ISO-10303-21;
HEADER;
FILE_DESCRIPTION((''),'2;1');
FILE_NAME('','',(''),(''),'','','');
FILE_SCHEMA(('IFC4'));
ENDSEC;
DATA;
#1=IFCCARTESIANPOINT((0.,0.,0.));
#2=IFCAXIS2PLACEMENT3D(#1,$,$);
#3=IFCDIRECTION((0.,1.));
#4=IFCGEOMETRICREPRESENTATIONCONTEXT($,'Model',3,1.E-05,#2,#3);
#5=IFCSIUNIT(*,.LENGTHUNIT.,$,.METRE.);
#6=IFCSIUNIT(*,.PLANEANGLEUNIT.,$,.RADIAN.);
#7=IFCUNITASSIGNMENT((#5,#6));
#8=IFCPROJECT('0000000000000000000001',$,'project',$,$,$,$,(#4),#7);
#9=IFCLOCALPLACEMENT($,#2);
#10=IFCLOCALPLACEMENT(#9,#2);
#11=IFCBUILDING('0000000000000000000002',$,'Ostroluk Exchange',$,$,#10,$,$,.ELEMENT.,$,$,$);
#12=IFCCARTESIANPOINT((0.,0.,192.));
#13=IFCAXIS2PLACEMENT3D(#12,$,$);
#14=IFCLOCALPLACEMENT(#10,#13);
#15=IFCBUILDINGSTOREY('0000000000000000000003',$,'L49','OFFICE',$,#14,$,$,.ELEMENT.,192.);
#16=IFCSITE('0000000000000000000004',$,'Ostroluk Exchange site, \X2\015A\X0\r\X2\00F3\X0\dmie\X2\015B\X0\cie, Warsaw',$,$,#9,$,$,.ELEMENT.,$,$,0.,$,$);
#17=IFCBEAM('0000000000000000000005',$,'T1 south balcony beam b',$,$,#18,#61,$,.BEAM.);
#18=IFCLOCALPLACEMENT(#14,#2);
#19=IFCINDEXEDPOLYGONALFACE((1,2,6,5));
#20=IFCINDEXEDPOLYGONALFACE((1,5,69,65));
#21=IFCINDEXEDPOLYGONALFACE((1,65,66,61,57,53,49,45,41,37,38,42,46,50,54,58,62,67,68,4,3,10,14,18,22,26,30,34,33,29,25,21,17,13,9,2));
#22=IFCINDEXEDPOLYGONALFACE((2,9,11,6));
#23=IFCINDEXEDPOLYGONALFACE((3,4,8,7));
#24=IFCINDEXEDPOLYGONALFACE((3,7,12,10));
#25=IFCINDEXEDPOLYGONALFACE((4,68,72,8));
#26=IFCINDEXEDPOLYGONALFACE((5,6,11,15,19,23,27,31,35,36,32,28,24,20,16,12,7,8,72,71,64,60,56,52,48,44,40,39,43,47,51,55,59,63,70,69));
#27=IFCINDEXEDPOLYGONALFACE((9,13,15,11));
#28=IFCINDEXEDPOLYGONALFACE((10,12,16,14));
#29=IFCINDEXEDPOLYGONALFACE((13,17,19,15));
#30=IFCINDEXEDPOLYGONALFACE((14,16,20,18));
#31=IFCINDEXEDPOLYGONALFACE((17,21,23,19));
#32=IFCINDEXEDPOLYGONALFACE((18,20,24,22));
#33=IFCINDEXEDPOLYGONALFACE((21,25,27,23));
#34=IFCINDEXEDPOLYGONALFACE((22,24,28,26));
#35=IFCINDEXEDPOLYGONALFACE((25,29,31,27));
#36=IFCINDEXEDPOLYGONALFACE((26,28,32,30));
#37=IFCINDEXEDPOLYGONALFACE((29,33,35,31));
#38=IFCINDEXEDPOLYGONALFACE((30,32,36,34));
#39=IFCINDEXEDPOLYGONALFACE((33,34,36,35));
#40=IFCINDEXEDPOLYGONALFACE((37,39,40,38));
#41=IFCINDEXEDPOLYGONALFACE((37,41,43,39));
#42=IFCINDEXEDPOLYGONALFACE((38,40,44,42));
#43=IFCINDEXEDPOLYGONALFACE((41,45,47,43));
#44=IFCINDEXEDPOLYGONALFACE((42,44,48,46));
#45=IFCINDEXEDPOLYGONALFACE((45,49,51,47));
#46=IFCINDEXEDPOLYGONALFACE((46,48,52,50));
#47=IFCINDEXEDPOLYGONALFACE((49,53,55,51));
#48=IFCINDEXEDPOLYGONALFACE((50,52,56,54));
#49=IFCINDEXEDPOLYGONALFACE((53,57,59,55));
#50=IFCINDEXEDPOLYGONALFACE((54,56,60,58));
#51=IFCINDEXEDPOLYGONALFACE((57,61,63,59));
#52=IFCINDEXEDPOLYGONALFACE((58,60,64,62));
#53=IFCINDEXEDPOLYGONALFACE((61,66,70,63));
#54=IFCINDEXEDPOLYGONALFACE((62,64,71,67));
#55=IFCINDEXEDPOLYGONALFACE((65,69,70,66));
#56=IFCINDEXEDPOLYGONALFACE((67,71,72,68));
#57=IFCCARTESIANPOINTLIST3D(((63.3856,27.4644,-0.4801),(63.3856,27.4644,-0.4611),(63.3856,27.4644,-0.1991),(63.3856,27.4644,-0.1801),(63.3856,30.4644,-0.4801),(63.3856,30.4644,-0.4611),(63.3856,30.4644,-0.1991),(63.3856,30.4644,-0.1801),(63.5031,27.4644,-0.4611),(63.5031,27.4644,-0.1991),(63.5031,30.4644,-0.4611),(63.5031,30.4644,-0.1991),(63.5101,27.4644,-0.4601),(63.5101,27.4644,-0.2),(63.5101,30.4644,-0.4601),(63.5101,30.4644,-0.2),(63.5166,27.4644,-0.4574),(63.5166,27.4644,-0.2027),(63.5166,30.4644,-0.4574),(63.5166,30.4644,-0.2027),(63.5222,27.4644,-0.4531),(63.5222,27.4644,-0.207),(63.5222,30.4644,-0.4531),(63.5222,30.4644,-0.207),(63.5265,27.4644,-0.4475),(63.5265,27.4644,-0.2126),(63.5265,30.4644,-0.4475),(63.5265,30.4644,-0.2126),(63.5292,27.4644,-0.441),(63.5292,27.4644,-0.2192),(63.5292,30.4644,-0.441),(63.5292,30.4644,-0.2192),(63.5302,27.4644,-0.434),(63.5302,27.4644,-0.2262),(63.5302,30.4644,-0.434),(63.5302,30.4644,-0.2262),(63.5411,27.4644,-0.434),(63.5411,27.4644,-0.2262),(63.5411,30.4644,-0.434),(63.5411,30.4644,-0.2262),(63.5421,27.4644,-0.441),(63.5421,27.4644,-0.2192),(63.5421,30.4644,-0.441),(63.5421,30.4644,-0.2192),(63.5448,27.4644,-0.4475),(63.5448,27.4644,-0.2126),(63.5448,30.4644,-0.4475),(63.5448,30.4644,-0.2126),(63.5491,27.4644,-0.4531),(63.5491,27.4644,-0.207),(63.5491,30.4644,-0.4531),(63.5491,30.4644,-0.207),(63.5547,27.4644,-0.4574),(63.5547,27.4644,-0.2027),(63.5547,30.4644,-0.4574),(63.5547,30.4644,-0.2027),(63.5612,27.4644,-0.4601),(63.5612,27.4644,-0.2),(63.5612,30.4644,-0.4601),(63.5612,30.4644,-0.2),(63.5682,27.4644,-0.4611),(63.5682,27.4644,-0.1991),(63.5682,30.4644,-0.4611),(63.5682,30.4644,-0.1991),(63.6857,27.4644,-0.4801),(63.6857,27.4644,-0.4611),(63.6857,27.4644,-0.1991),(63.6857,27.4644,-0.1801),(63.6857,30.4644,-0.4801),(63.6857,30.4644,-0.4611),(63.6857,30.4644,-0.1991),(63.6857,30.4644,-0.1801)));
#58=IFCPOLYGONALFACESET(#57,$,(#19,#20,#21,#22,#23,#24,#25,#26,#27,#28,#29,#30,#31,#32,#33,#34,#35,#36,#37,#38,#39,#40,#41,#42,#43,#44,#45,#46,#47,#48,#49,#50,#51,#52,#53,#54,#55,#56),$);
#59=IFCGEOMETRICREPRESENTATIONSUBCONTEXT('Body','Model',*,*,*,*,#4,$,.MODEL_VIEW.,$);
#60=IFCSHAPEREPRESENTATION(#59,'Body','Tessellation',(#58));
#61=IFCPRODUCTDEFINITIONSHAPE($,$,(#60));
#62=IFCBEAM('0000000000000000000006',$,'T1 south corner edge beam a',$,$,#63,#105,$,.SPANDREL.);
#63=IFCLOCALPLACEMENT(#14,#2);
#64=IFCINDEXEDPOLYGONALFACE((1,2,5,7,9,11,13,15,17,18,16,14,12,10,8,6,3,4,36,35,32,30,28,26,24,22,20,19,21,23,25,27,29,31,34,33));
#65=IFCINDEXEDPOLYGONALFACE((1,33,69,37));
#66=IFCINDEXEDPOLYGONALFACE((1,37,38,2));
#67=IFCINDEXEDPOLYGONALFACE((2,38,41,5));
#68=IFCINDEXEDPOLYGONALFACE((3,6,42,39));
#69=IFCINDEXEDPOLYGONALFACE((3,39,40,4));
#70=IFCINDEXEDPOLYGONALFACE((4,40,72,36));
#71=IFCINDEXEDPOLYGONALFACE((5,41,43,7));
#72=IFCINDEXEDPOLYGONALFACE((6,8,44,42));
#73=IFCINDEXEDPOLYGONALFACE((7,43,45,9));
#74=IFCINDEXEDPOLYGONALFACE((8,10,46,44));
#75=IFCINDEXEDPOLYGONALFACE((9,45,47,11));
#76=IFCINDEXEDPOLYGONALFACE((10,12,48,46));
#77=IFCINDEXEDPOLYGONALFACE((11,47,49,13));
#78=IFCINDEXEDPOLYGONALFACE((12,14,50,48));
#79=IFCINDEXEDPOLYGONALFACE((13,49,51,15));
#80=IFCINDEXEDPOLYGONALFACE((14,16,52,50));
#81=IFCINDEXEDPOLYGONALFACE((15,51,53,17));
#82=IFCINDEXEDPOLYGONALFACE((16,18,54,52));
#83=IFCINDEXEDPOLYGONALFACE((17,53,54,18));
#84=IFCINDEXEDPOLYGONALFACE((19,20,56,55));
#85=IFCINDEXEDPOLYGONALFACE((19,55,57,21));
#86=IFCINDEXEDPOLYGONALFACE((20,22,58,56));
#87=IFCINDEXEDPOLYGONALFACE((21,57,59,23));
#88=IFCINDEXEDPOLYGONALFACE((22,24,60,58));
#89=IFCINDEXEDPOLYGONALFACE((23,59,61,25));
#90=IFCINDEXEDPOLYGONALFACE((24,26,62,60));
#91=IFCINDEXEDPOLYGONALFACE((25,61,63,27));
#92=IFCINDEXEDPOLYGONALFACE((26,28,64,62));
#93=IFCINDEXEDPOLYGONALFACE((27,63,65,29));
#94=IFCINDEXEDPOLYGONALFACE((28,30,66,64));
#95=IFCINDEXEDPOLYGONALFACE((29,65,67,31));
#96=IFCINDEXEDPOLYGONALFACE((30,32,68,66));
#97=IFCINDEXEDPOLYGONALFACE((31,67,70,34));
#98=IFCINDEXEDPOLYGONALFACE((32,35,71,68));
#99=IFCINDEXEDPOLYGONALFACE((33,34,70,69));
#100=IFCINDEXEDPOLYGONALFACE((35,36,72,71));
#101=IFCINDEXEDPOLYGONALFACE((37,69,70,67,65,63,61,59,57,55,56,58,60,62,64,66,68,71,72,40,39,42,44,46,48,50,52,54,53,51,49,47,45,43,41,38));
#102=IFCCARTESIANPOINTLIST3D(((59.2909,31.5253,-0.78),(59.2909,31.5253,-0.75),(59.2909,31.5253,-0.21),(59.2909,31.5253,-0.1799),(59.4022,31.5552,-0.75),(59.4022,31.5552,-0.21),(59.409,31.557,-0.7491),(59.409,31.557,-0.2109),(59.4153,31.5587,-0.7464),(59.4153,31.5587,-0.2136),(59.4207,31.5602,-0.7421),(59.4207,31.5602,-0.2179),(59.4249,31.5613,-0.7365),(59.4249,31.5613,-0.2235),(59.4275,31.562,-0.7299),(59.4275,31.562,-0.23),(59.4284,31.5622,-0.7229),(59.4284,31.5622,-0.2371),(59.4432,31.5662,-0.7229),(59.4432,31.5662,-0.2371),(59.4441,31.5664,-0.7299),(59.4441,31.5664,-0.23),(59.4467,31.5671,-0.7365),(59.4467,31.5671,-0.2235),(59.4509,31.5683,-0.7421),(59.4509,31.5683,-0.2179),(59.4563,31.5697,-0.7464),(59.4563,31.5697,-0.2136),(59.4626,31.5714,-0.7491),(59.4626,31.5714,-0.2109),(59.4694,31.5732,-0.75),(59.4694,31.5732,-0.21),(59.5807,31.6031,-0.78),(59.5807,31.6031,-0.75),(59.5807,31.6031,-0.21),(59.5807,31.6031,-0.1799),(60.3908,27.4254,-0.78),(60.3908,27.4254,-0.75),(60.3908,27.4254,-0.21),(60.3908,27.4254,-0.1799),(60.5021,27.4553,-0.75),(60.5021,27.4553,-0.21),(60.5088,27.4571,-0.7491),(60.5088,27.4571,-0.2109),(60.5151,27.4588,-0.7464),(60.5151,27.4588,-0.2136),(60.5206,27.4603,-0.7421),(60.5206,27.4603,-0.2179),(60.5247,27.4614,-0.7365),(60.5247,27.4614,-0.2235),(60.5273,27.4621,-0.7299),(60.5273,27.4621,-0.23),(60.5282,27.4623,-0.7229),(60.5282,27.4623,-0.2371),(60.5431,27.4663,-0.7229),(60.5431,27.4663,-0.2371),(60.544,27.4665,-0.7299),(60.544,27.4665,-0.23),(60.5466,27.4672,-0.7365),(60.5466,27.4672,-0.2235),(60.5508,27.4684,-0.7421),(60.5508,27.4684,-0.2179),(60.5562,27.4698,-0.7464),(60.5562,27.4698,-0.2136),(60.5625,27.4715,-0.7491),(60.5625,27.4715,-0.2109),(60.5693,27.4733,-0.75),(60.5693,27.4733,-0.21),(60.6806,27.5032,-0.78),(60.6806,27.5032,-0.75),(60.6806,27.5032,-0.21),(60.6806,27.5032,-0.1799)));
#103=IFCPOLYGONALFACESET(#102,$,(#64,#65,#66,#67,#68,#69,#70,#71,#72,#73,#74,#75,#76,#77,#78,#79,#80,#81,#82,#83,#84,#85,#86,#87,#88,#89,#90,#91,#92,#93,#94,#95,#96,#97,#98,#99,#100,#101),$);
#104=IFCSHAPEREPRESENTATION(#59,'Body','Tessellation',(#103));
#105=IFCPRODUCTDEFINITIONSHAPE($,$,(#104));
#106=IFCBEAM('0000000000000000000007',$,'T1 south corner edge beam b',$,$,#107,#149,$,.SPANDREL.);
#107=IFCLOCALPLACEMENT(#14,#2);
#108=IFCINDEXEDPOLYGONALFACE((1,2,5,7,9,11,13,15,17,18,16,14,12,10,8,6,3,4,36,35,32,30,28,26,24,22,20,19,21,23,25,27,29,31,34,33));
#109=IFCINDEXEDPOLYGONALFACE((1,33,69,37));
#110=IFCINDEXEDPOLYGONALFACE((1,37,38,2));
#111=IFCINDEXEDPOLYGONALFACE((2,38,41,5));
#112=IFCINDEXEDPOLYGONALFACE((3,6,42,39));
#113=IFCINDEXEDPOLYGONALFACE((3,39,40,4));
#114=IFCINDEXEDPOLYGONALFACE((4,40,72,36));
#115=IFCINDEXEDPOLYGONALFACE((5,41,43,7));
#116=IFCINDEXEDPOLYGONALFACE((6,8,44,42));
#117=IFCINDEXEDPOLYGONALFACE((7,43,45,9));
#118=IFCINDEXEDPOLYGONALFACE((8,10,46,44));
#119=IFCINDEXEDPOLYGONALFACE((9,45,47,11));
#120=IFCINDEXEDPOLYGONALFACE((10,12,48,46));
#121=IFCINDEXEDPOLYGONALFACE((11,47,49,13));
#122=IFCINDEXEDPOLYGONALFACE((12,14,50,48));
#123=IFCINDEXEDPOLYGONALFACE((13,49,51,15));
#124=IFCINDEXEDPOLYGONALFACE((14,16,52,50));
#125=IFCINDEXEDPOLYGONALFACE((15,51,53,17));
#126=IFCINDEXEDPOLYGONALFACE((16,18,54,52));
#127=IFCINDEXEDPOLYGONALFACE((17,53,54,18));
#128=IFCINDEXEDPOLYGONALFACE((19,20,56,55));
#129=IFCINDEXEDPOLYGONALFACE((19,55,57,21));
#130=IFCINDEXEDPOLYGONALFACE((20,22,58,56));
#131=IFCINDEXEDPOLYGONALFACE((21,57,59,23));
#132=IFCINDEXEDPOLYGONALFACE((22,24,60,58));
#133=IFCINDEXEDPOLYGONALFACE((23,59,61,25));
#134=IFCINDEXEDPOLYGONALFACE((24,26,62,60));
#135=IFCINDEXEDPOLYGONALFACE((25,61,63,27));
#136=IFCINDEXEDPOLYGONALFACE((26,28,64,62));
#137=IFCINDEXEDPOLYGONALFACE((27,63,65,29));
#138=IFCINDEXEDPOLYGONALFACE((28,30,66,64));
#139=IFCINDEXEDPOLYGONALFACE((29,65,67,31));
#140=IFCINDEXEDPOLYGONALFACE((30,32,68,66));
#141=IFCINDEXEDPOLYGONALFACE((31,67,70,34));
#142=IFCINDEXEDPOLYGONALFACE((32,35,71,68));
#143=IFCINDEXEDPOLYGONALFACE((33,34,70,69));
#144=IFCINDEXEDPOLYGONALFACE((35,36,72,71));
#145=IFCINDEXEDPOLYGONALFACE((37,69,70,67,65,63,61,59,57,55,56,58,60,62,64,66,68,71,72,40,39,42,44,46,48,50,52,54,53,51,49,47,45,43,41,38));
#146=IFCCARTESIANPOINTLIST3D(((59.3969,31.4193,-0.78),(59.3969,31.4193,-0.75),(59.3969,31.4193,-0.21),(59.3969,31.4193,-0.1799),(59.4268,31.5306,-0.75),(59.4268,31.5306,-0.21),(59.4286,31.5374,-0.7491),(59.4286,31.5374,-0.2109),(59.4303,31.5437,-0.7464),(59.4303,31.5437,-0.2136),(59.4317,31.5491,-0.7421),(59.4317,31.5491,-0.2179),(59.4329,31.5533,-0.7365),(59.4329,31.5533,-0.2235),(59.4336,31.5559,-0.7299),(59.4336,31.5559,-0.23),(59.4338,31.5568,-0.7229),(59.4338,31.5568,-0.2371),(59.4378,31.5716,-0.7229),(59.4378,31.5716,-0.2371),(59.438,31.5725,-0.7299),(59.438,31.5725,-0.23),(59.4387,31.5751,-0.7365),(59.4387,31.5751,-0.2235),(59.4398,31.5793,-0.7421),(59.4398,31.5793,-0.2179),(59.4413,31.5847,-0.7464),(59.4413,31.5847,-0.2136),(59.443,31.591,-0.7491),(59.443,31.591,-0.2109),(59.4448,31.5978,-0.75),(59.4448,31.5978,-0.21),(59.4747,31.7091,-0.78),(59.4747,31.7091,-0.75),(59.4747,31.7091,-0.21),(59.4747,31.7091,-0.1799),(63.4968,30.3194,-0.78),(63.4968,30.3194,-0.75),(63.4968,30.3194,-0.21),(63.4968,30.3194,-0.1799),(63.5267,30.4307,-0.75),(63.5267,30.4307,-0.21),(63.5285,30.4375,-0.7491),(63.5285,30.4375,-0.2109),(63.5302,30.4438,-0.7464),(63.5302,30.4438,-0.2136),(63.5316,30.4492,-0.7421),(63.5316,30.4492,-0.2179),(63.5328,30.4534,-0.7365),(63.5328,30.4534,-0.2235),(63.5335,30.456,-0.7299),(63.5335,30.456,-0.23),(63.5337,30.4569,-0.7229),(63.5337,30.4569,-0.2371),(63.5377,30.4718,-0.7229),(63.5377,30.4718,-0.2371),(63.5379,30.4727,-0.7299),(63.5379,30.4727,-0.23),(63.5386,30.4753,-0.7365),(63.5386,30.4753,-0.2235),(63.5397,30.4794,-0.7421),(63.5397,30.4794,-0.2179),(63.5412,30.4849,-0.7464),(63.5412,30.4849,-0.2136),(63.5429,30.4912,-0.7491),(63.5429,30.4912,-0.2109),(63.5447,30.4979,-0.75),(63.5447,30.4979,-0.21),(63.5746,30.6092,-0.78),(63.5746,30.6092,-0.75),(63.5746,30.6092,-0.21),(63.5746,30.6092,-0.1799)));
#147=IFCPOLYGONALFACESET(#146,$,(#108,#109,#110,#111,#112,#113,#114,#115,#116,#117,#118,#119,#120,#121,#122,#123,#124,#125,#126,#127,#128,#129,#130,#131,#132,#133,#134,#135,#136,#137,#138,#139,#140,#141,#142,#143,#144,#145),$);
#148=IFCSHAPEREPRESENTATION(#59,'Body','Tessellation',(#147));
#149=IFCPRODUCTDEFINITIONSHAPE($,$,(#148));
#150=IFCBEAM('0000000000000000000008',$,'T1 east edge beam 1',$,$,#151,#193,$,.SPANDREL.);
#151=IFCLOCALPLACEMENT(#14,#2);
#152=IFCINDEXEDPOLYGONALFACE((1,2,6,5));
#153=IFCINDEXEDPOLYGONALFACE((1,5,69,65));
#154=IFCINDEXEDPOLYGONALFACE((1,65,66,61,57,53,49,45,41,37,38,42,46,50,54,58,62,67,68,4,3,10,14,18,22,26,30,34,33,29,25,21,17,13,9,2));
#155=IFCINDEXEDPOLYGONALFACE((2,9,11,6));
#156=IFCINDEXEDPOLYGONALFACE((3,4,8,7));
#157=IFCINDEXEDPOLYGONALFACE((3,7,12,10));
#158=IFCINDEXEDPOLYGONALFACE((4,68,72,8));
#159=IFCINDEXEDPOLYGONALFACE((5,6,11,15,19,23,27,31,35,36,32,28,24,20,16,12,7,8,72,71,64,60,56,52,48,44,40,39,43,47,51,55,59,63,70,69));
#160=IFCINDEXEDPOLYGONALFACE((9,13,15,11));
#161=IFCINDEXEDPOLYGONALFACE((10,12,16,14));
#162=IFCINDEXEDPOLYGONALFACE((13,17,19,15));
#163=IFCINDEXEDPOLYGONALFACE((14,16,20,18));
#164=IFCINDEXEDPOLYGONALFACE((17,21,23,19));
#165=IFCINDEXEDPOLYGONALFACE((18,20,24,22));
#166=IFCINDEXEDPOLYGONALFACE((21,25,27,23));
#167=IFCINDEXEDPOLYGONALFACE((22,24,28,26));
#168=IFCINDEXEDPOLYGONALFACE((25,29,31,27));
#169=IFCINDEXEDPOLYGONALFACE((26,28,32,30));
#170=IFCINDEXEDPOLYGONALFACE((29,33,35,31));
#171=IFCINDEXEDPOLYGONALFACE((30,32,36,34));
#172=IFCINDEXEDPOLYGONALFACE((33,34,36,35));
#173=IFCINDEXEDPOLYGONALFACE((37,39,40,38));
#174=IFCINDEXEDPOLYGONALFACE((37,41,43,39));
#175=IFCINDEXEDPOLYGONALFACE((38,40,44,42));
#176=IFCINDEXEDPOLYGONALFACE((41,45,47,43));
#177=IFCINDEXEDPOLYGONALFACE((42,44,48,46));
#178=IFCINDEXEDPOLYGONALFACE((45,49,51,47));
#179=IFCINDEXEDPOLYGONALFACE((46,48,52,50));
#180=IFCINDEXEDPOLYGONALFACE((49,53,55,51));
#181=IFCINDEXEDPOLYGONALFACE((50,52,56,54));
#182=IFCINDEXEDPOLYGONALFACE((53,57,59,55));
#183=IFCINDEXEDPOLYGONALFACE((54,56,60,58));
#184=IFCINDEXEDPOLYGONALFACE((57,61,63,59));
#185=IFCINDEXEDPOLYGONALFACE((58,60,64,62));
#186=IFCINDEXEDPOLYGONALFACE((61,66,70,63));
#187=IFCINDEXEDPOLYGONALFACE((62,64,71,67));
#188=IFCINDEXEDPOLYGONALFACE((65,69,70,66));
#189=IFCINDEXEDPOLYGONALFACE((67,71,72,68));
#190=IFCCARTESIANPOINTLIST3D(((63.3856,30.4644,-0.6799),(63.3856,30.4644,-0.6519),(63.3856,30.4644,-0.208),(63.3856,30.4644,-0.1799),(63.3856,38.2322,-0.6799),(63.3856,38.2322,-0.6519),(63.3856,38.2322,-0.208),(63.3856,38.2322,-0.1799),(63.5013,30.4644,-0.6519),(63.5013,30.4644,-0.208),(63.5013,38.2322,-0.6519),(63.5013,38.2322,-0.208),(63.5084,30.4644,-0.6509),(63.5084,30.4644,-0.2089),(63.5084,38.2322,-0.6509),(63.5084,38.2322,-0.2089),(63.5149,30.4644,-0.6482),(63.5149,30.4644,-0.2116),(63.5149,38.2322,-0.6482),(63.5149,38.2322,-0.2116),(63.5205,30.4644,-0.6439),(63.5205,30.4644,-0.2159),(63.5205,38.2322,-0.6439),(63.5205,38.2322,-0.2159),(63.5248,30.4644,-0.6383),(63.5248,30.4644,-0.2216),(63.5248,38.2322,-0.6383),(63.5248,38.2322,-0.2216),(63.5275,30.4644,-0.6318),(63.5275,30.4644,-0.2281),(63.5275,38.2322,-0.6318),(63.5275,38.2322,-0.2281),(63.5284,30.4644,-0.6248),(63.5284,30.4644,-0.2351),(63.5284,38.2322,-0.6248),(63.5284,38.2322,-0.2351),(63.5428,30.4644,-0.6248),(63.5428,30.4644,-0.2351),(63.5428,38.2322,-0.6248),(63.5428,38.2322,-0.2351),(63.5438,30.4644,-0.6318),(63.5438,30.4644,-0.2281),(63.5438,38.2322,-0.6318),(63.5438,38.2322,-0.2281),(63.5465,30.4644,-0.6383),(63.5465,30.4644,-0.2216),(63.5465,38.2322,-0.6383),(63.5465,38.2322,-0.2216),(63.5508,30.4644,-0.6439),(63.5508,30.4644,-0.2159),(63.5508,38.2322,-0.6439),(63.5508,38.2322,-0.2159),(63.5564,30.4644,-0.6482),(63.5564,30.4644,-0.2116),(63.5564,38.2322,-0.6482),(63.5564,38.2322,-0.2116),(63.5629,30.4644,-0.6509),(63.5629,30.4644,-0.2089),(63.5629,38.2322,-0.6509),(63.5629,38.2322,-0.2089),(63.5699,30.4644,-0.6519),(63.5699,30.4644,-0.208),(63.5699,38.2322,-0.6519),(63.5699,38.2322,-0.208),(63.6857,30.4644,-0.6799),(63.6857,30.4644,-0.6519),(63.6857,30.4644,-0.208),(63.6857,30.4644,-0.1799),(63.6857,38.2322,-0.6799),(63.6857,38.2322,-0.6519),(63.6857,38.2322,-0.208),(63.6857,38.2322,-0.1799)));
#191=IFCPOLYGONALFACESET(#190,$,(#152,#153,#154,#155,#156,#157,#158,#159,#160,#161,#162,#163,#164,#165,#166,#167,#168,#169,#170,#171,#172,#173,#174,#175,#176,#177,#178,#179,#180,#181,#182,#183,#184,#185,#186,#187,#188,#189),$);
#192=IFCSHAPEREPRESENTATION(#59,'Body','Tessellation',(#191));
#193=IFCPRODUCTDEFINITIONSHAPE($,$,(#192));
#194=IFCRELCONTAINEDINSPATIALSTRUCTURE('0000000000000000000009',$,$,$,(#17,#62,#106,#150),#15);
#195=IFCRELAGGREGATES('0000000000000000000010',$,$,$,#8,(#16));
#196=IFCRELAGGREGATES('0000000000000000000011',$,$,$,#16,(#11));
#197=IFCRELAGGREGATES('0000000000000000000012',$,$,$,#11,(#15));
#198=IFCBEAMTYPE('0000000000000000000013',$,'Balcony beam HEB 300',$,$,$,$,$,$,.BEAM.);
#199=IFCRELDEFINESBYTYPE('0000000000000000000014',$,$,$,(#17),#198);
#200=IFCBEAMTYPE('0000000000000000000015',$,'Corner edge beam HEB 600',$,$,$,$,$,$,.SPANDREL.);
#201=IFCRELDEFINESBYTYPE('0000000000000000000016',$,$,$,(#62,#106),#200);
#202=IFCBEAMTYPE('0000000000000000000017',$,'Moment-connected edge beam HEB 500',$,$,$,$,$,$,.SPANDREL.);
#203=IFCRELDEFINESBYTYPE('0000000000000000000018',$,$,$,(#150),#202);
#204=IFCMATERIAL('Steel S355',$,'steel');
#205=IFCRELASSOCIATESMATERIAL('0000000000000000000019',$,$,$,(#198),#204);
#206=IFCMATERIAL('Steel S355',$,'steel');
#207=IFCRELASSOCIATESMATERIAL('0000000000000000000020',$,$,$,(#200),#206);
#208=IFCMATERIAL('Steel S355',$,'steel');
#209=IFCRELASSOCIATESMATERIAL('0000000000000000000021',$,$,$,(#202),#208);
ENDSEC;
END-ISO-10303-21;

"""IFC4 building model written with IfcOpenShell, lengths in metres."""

from ifc_helpers import new_model, si_unit, direction, frame, origin, origin_2d, place, context, subcontext, project, spatial, i_section, extrude, material, material_profile, profile_set, type_object, element, save


model = new_model("IFC4")

# Units and contexts
model_context = context("Model", 3, precision=1e-05, world=origin(), true_north=direction((0.0, 1.0)))
body_context = subcontext(model_context, "Body", "Model", "MODEL_VIEW")
ifc_project = project(units=[si_unit("LENGTHUNIT", "METRE"), si_unit("PLANEANGLEUNIT", "RADIAN")], contexts=[model_context])

# Site, building, storey
site_placement = place(None, origin())
site = spatial("IfcSite", under=ifc_project, at=site_placement, Name="Ostroluk Exchange site, Śródmieście, Warsaw", CompositionType="ELEMENT", RefElevation=0.0)
building_placement = place(site_placement, origin())
building = spatial("IfcBuilding", under=site, at=building_placement, Name="Ostroluk Exchange", CompositionType="ELEMENT")
storey_placement = place(building_placement, frame((0.0, 0.0, 192.0)))
storey = spatial("IfcBuildingStorey", under=building, at=storey_placement, Name="L49", Description="OFFICE", CompositionType="ELEMENT", Elevation=192.0)

# Beams
ifc_material_1 = material(Name="Steel S355", Category="steel")
ifc_material_profile_1 = material_profile(ifc_material_1, i_section(OverallWidth=0.3, OverallDepth=0.3, WebThickness=0.011, FlangeThickness=0.019, FilletRadius=0.0271, at=origin_2d()), Name="HEB 300")
ifc_profile_set_1 = profile_set([ifc_material_profile_1], Name="Steel S355")
beam_type_1 = type_object("IfcBeamType", Name="Balcony beam HEB 300", PredefinedType="BEAM", material=ifc_profile_set_1)
for number, where, z_axis, x_axis, name in (
    (1, (63.5356, 30.4644, -0.3301), (0.0, -1.0, 0.0), (1.0, 0.0, 0.0), "T1 south balcony beam b"),
):
    element("IfcBeam", number, at=place(storey_placement, frame(where, z_axis=z_axis, x_axis=x_axis)), inside=storey, type_object=beam_type_1, Name=name, PredefinedType="BEAM", context=body_context, shape_type="SweptSolid", body=[
        extrude(i_section(OverallWidth=0.3, OverallDepth=0.3, WebThickness=0.011, FlangeThickness=0.019, FilletRadius=0.0271, at=origin_2d()), origin(), (0.0, 0.0, 1.0), 3.0),
    ])
ifc_material_2 = material(Name="Steel S355", Category="steel")
ifc_material_profile_2 = material_profile(ifc_material_2, i_section(OverallWidth=0.3, OverallDepth=0.6001, WebThickness=0.0154, FlangeThickness=0.03, FilletRadius=0.0271, at=origin_2d()), Name="HEB 600")
ifc_profile_set_2 = profile_set([ifc_material_profile_2], Name="Steel S355")
beam_type_2 = type_object("IfcBeamType", Name="Corner edge beam HEB 600", PredefinedType="SPANDREL", material=ifc_profile_set_2)
for number, where, z_axis, x_axis, name in (
    (2, (59.4358, 31.5642, -0.48), (0.259105, -0.965849, 0.0), (0.965849, 0.259105, 0.0), "T1 south corner edge beam a"),
    (3, (59.4358, 31.5642, -0.48), (0.965849, -0.259105, 0.0), (0.259105, 0.965849, 0.0), "T1 south corner edge beam b"),
):
    element("IfcBeam", number, at=place(storey_placement, frame(where, z_axis=z_axis, x_axis=x_axis)), inside=storey, type_object=beam_type_2, Name=name, PredefinedType="SPANDREL", context=body_context, shape_type="SweptSolid", body=[
        extrude(i_section(OverallWidth=0.3, OverallDepth=0.6001, WebThickness=0.0154, FlangeThickness=0.03, FilletRadius=0.0271, at=origin_2d()), origin(), (0.0, 0.0, 1.0), 4.2449),
    ])
ifc_material_3 = material(Name="Steel S355", Category="steel")
ifc_material_profile_3 = material_profile(ifc_material_3, i_section(OverallWidth=0.3, OverallDepth=0.5, WebThickness=0.0144, FlangeThickness=0.0281, FilletRadius=0.0271, at=origin_2d()), Name="HEB 500")
ifc_profile_set_3 = profile_set([ifc_material_profile_3], Name="Steel S355")
beam_type_3 = type_object("IfcBeamType", Name="Moment-connected edge beam HEB 500", PredefinedType="SPANDREL", material=ifc_profile_set_3)
beam_placement = place(storey_placement, frame((63.5356, 30.4644, -0.4299), z_axis=(0.0, 1.0, 0.0), x_axis=(-1.0, 0.0, 0.0)))
element("IfcBeam", 4, at=beam_placement, inside=storey, type_object=beam_type_3, Name="T1 east edge beam 1", PredefinedType="SPANDREL", context=body_context, shape_type="SweptSolid", body=[
    extrude(i_section(OverallWidth=0.3, OverallDepth=0.5, WebThickness=0.0144, FlangeThickness=0.0281, FilletRadius=0.0271, at=origin_2d()), origin(), (0.0, 0.0, 1.0), 7.7678),
])

save(model, "model.ifc")
